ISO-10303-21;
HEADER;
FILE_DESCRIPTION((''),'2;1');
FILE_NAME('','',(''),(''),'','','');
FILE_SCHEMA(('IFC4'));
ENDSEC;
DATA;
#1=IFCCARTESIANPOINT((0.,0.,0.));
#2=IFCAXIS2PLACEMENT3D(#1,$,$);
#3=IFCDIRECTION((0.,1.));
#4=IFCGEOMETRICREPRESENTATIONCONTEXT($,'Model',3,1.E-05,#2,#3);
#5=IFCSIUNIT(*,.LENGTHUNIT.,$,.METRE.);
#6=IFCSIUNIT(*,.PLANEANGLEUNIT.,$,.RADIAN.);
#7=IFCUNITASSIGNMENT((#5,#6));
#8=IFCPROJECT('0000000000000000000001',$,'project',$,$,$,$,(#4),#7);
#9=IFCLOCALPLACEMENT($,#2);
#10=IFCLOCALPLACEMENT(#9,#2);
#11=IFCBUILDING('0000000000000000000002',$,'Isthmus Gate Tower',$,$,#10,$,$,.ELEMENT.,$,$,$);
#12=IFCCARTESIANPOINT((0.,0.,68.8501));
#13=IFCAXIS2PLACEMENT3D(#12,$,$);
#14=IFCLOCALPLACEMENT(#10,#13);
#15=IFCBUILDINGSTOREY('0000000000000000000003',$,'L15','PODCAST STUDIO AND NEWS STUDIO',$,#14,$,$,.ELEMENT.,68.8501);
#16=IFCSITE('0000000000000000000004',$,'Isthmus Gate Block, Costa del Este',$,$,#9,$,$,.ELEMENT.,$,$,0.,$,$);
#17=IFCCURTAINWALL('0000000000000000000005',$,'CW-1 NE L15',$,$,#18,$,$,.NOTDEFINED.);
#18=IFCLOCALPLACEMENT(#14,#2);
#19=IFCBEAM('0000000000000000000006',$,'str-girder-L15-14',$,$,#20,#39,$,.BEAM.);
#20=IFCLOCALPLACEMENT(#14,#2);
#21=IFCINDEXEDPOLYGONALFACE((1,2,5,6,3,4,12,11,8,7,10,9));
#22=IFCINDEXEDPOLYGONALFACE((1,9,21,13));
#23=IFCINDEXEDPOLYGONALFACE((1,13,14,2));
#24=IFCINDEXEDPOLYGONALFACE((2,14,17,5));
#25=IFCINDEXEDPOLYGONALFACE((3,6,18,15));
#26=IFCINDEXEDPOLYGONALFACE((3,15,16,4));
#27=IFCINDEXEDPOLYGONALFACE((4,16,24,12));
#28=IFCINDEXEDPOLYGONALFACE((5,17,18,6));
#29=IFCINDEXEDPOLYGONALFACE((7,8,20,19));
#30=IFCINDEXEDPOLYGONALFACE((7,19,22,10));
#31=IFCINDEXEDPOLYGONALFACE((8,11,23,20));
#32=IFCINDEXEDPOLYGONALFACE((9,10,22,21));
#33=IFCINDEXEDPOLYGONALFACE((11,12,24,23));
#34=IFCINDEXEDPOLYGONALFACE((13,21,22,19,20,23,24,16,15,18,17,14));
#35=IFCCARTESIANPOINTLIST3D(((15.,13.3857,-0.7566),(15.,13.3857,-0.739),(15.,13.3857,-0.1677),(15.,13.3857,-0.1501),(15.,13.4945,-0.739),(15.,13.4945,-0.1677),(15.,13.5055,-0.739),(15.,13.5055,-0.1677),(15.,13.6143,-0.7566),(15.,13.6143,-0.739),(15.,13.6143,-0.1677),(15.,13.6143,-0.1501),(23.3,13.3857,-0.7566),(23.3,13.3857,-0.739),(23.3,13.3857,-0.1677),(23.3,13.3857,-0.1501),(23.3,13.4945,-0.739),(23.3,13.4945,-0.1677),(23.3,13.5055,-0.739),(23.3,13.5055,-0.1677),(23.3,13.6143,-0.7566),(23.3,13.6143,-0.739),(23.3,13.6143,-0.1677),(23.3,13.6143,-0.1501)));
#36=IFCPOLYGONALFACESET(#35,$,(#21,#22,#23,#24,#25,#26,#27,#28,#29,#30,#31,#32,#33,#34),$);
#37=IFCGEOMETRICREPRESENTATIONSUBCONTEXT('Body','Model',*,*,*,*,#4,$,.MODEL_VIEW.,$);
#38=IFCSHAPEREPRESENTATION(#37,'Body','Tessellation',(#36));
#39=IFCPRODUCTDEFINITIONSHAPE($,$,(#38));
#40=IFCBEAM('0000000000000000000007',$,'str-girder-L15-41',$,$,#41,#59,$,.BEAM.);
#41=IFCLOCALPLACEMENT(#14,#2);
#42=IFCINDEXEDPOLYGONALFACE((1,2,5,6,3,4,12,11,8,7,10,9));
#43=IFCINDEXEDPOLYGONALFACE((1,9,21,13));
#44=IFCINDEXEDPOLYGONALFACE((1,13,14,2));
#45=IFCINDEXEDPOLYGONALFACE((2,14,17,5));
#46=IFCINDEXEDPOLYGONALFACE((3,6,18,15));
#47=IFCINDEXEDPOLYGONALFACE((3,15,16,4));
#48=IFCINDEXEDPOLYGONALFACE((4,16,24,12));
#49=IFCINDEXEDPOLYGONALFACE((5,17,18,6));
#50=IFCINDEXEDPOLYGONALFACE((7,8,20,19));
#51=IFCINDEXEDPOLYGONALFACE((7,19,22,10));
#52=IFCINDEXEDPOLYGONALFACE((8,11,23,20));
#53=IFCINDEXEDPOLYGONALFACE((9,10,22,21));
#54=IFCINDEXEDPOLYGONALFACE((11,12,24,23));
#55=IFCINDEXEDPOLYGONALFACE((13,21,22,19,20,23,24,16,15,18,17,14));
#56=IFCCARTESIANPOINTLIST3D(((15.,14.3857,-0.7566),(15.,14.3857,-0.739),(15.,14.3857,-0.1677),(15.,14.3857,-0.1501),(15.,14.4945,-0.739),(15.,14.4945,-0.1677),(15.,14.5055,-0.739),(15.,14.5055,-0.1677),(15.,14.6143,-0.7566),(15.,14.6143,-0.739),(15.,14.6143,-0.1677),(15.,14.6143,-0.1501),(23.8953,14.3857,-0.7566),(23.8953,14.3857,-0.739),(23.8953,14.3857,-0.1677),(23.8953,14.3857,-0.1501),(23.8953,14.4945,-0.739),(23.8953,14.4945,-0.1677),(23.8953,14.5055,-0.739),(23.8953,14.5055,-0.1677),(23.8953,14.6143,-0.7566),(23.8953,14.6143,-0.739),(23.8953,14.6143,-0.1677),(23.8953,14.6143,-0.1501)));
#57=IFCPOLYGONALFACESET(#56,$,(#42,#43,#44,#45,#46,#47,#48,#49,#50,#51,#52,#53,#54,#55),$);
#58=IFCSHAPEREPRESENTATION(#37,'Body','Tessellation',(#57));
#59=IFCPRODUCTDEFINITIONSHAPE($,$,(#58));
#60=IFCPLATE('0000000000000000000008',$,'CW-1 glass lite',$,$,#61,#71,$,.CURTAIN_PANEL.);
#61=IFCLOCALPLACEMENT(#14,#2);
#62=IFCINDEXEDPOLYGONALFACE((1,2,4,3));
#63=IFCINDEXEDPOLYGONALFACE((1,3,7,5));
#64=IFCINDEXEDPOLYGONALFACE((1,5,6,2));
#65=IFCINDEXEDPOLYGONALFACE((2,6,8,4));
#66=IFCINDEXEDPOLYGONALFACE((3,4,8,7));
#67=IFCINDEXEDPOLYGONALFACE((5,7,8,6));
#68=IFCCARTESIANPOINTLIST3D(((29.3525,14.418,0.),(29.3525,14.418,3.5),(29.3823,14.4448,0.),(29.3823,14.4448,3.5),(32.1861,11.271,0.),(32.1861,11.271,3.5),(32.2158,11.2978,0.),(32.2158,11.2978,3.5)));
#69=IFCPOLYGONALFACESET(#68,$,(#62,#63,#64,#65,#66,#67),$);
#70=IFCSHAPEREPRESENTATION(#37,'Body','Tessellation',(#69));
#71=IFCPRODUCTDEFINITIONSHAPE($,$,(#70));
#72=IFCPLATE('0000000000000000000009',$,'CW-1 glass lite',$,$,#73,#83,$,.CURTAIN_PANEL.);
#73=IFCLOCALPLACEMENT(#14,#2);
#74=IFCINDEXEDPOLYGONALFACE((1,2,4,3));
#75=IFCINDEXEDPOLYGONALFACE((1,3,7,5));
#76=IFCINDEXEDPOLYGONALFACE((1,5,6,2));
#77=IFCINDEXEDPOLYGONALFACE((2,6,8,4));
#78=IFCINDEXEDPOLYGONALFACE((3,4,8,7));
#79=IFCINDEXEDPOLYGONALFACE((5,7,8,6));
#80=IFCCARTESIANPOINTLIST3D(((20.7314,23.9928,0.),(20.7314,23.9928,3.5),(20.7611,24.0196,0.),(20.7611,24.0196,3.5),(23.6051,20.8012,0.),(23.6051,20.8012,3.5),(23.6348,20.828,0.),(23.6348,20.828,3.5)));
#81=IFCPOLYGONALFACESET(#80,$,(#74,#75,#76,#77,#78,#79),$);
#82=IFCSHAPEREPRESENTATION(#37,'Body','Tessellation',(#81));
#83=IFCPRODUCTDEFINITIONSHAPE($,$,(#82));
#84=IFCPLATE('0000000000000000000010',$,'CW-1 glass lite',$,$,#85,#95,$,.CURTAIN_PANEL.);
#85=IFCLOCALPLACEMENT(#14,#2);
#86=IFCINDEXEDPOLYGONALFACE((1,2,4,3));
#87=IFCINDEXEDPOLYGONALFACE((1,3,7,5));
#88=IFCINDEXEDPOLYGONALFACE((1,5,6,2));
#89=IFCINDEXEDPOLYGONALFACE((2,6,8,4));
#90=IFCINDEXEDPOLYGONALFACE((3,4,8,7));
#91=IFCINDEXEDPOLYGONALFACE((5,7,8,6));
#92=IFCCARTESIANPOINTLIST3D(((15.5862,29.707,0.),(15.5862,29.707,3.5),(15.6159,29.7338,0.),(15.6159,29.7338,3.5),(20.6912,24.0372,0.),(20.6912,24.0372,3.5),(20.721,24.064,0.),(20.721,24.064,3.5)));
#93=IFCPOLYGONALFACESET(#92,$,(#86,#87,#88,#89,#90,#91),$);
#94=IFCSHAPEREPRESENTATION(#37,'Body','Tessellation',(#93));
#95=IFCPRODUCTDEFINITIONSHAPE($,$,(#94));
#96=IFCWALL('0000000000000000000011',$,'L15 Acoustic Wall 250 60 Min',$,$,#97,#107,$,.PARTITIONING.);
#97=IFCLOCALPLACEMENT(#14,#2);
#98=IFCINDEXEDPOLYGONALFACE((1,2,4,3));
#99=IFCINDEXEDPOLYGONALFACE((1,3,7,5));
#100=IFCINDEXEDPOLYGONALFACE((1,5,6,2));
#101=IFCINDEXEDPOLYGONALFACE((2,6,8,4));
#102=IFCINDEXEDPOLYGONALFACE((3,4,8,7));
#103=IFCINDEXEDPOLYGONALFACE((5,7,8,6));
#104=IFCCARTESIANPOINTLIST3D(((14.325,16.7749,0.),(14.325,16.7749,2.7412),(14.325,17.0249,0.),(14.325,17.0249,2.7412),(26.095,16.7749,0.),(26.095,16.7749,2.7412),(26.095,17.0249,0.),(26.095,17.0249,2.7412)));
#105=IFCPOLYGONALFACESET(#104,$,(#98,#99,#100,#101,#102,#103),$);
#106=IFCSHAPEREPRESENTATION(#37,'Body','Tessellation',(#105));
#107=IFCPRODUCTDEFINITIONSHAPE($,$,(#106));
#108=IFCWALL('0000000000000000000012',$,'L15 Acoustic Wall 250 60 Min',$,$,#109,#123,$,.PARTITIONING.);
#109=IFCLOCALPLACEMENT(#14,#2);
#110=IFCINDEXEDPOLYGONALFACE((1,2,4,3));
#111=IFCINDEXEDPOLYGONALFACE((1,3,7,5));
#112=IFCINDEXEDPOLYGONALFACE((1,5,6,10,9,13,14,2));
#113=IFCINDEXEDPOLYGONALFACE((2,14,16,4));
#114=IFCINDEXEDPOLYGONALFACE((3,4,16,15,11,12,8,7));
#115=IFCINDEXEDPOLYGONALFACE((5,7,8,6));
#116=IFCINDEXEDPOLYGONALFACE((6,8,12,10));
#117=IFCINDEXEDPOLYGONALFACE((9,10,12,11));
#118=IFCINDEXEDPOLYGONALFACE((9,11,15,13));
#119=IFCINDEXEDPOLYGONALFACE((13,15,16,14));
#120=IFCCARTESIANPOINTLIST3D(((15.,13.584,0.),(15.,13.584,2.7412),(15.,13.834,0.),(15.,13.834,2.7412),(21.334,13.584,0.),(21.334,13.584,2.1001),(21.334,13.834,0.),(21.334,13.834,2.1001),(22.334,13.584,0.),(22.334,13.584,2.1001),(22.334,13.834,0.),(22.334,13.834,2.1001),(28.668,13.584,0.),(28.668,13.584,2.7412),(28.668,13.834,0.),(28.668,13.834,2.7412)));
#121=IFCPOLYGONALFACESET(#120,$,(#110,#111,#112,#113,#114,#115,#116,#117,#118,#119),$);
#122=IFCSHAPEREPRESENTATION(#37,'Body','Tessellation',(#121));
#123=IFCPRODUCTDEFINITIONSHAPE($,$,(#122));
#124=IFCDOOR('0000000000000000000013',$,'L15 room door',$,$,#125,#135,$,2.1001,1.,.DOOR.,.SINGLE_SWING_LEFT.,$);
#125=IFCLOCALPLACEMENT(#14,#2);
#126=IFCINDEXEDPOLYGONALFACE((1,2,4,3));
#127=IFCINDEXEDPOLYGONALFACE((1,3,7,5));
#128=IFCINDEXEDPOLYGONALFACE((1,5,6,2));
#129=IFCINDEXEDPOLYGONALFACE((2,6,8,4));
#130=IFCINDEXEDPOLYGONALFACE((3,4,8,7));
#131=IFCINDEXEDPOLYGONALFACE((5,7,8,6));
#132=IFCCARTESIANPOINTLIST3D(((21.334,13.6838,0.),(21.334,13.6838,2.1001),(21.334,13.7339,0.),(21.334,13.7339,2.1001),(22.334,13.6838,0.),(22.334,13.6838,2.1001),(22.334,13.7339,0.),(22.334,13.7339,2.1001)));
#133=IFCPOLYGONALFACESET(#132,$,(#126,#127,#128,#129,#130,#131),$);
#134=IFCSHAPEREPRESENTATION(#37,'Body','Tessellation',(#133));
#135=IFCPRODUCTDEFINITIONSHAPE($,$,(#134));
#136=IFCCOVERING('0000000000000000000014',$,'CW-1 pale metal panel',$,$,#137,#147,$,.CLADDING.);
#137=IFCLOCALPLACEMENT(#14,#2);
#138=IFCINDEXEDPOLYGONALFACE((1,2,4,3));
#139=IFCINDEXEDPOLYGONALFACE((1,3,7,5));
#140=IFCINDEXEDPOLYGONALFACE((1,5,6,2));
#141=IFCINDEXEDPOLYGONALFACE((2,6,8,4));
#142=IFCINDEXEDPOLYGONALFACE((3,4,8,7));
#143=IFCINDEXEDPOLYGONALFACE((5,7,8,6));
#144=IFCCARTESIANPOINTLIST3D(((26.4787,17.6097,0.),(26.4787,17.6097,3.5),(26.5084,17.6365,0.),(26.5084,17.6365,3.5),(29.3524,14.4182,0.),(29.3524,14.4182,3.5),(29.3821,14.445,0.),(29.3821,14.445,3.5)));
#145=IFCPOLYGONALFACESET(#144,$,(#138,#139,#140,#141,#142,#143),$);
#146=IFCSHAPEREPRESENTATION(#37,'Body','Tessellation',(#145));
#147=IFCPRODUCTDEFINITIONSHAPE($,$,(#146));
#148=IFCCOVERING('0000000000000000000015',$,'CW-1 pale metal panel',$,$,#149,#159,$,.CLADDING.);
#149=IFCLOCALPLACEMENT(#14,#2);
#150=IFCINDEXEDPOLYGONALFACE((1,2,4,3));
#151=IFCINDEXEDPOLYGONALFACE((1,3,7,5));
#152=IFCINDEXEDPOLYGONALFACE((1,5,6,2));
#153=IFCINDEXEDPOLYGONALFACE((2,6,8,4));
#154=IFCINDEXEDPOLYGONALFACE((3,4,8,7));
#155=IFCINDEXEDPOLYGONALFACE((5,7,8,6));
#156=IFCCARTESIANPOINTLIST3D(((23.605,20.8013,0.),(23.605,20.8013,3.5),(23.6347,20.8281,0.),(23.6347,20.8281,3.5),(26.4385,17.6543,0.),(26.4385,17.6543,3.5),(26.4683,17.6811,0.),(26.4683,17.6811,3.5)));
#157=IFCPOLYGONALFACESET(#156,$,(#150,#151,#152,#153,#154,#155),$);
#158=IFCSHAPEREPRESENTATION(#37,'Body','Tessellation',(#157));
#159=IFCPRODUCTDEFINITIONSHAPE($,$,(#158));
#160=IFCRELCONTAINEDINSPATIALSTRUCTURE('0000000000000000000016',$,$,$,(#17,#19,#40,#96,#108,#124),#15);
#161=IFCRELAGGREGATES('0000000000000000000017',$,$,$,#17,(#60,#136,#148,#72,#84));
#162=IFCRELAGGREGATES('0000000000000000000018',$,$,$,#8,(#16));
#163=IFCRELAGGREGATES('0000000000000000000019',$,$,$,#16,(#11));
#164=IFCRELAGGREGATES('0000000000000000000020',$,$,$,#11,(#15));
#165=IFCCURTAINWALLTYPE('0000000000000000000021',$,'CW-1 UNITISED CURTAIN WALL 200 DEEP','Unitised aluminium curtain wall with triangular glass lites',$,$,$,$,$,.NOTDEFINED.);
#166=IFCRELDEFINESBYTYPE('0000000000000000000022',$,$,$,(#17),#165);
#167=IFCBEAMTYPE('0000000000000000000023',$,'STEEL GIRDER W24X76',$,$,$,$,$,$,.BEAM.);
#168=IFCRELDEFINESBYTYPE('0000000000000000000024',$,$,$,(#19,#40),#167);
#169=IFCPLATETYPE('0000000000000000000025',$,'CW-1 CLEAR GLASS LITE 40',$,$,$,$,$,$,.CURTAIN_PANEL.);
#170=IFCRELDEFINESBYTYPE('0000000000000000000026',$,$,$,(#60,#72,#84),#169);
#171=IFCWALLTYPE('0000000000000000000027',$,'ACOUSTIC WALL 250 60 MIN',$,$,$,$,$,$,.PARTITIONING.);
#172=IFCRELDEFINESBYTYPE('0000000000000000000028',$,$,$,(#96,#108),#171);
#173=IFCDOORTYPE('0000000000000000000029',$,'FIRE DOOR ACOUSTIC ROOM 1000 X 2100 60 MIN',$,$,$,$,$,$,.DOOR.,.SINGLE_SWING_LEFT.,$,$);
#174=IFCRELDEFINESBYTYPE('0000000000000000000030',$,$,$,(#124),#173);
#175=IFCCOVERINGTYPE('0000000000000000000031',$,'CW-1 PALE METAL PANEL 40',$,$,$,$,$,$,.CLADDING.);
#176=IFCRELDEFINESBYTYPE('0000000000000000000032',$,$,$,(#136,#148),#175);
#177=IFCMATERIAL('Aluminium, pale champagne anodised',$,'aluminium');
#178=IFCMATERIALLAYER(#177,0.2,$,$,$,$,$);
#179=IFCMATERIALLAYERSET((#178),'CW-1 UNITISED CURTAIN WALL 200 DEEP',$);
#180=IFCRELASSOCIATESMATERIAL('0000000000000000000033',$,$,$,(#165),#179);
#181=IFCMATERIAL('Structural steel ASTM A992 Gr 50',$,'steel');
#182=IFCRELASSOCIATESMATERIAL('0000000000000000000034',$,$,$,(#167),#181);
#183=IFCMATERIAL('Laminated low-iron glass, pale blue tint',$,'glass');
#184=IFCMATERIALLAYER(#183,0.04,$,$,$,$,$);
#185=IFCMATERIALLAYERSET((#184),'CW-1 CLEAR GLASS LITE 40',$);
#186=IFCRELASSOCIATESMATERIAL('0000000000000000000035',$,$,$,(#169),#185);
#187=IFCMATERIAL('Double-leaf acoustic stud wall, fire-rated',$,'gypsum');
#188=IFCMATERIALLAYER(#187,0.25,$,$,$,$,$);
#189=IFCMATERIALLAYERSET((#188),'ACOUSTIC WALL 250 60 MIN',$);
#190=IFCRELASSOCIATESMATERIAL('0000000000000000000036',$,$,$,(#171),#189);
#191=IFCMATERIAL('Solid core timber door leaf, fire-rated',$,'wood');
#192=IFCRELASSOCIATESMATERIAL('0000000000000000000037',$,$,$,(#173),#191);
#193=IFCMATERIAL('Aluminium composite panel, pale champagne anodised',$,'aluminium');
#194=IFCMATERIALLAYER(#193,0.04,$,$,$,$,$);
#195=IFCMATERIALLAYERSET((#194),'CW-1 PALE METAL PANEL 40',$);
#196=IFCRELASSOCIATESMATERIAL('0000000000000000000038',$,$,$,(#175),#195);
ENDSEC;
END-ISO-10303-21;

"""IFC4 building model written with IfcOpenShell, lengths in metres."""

from ifc_helpers import new_model, si_unit, direction, frame, frame_2d, origin, origin_2d, place, context, subcontext, project, spatial, rectangle, i_section, extrude, material, layer, layer_set, material_profile, profile_set, type_object, element, fill, aggregate, save


model = new_model("IFC4")

# Units and contexts
model_context = context("Model", 3, precision=1e-05, world=origin(), true_north=direction((0.0, 1.0)))
body_context = subcontext(model_context, "Body", "Model", "MODEL_VIEW")
ifc_project = project(units=[si_unit("LENGTHUNIT", "METRE"), si_unit("PLANEANGLEUNIT", "RADIAN")], contexts=[model_context])

# Site, building, storey
site_placement = place(None, origin())
site = spatial("IfcSite", under=ifc_project, at=site_placement, Name="Isthmus Gate Block, Costa del Este", CompositionType="ELEMENT", RefElevation=0.0)
building_placement = place(site_placement, origin())
building = spatial("IfcBuilding", under=site, at=building_placement, Name="Isthmus Gate Tower", CompositionType="ELEMENT")
storey_placement = place(building_placement, frame((0.0, 0.0, 68.8501)))
storey = spatial("IfcBuildingStorey", under=building, at=storey_placement, Name="L15", Description="PODCAST STUDIO AND NEWS STUDIO", CompositionType="ELEMENT", Elevation=68.8501)

# Curtain wall
ifc_material_1 = material(Name="Aluminium, pale champagne anodised", Category="aluminium")
ifc_layer_1 = layer(ifc_material_1, 0.2)
ifc_layer_set_1 = layer_set([ifc_layer_1], Name="CW-1 UNITISED CURTAIN WALL 200 DEEP")
curtain_wall_type = type_object("IfcCurtainWallType", Name="CW-1 UNITISED CURTAIN WALL 200 DEEP", Description="Unitised aluminium curtain wall with triangular glass lites", PredefinedType="NOTDEFINED", material=ifc_layer_set_1)
curtain_wall_1_placement = place(storey_placement, origin())
curtain_wall_1 = element("IfcCurtainWall", 1, at=curtain_wall_1_placement, inside=storey, type_object=curtain_wall_type, Name="CW-1 NE L15", PredefinedType="NOTDEFINED")

# Beams
ifc_material_2 = material(Name="Structural steel ASTM A992 Gr 50", Category="steel")
ifc_material_profile_1 = material_profile(ifc_material_2, i_section(OverallWidth=0.2285, OverallDepth=0.6064, WebThickness=0.011, FlangeThickness=0.0176, at=origin_2d()), Name="W24X76")
ifc_profile_set_1 = profile_set([ifc_material_profile_1], Name="Structural steel ASTM A992 Gr 50")
beam_type_1 = type_object("IfcBeamType", Name="STEEL GIRDER W24X76", PredefinedType="BEAM", material=ifc_profile_set_1)
beam_1_placement = place(storey_placement, frame((15.0, 13.5, -0.4534), z_axis=(1.0, 0.0, 0.0), x_axis=(0.0, 1.0, 0.0)))
element("IfcBeam", 2, at=beam_1_placement, inside=storey, type_object=beam_type_1, Name="str-girder-L15-14", PredefinedType="BEAM", context=body_context, shape_type="SweptSolid", body=[
    extrude(i_section(OverallWidth=0.2285, OverallDepth=0.6064, WebThickness=0.011, FlangeThickness=0.0176, at=origin_2d()), origin(), (0.0, 0.0, 1.0), 8.3),
])
beam_2_placement = place(storey_placement, frame((15.0, 14.5, -0.4534), z_axis=(1.0, 0.0, 0.0), x_axis=(0.0, 1.0, 0.0)))
element("IfcBeam", 3, at=beam_2_placement, inside=storey, type_object=beam_type_1, Name="str-girder-L15-41", PredefinedType="BEAM", context=body_context, shape_type="SweptSolid", body=[
    extrude(i_section(OverallWidth=0.2285, OverallDepth=0.6064, WebThickness=0.011, FlangeThickness=0.0176, at=origin_2d()), origin(), (0.0, 0.0, 1.0), 8.8953),
])

# Plates
ifc_material_3 = material(Name="Laminated low-iron glass, pale blue tint", Category="glass")
ifc_layer_2 = layer(ifc_material_3, 0.04)
ifc_layer_set_2 = layer_set([ifc_layer_2], Name="CW-1 CLEAR GLASS LITE 40")
plate_type = type_object("IfcPlateType", Name="CW-1 CLEAR GLASS LITE 40", PredefinedType="CURTAIN_PANEL", material=ifc_layer_set_2)
plate_1_placement = place(storey_placement, frame((30.7842, 12.8579, 0.0), z_axis=(0.0, 0.0, 1.0), x_axis=(-0.669131, 0.743145, 0.0)))
plate_1 = element("IfcPlate", 4, at=plate_1_placement, type_object=plate_type, Name="CW-1 glass lite", PredefinedType="CURTAIN_PANEL", context=body_context, shape_type="SweptSolid", body=[
    extrude(rectangle(XDim=4.2346, YDim=0.04, at=origin_2d()), origin(), (0.0, 0.0, 1.0), 3.5),
])
plate_2_placement = place(storey_placement, frame((22.1831, 22.4104, 0.0), z_axis=(0.0, 0.0, 1.0), x_axis=(-0.669131, 0.743145, 0.0)))
plate_2 = element("IfcPlate", 5, at=plate_2_placement, type_object=plate_type, Name="CW-1 glass lite", PredefinedType="CURTAIN_PANEL", context=body_context, shape_type="SweptSolid", body=[
    extrude(rectangle(XDim=4.2947, YDim=0.04, at=origin_2d()), origin(), (0.0, 0.0, 1.0), 3.5),
])
plate_3_placement = place(storey_placement, frame((18.1536, 26.8855, 0.0), z_axis=(0.0, 0.0, 1.0), x_axis=(-0.669131, 0.743145, 0.0)))
plate_3 = element("IfcPlate", 6, at=plate_3_placement, type_object=plate_type, Name="CW-1 glass lite", PredefinedType="CURTAIN_PANEL", context=body_context, shape_type="SweptSolid", body=[
    extrude(rectangle(XDim=7.6294, YDim=0.04, at=origin_2d()), origin(), (0.0, 0.0, 1.0), 3.5),
])

# Wall
ifc_material_4 = material(Name="Double-leaf acoustic stud wall, fire-rated", Category="gypsum")
ifc_layer_3 = layer(ifc_material_4, 0.25)
ifc_layer_set_3 = layer_set([ifc_layer_3], Name="ACOUSTIC WALL 250 60 MIN")
wall_type = type_object("IfcWallType", Name="ACOUSTIC WALL 250 60 MIN", PredefinedType="PARTITIONING", material=ifc_layer_set_3)
wall_1_placement = place(storey_placement, frame((14.325, 16.8999, 0.0), z_axis=(0.0, 0.0, 1.0), x_axis=(1.0, 0.0, 0.0)))
element("IfcWall", 7, at=wall_1_placement, inside=storey, type_object=wall_type, Name="L15 Acoustic Wall 250 60 Min", PredefinedType="PARTITIONING", context=body_context, shape_type="SweptSolid", body=[
    extrude(rectangle(XDim=11.77, YDim=0.25, at=frame_2d((5.885, 0.0))), origin(), (0.0, 0.0, 1.0), 2.7412),
])

# Wall, opening, door
wall_2_placement = place(storey_placement, frame((15.0, 13.709, 0.0), z_axis=(0.0, 0.0, 1.0), x_axis=(1.0, 0.0, 0.0)))
wall_2 = element("IfcWall", 8, at=wall_2_placement, inside=storey, type_object=wall_type, Name="L15 Acoustic Wall 250 60 Min", PredefinedType="PARTITIONING", context=body_context, shape_type="SweptSolid", body=[
    extrude(rectangle(XDim=13.668, YDim=0.25, at=frame_2d((6.834, 0.0))), origin(), (0.0, 0.0, 1.0), 2.7412),
])
opening_placement = place(wall_2_placement, frame((6.334, 0.0, 0.0)))
opening = element("IfcOpeningElement", 9, at=opening_placement, cuts=wall_2, PredefinedType="OPENING", context=body_context, shape_type="SweptSolid", body=[
    extrude(rectangle(XDim=1.0, YDim=2.1001, at=frame_2d((0.5, 1.05))), frame((0.0, 0.135, 0.0), z_axis=(0.0, -1.0, 0.0), x_axis=(1.0, 0.0, 0.0)), (0.0, 0.0, 1.0), 0.27),
])
ifc_material_5 = material(Name="Solid core timber door leaf, fire-rated", Category="wood")
door_type = type_object("IfcDoorType", Name="FIRE DOOR ACOUSTIC ROOM 1000 X 2100 60 MIN", OperationType="SINGLE_SWING_LEFT", PredefinedType="DOOR", material=ifc_material_5)
door_placement = place(opening_placement, origin())
door = element("IfcDoor", 10, at=door_placement, inside=storey, type_object=door_type, Name="L15 room door", OperationType="SINGLE_SWING_LEFT", OverallHeight=2.1001, OverallWidth=1.0, PredefinedType="DOOR", context=body_context, shape_type="SweptSolid", body=[
    extrude(rectangle(XDim=1.0, YDim=2.1001, at=frame_2d((0.5, 1.05))), frame((0.0, 0.0249, 0.0), z_axis=(0.0, -1.0, 0.0), x_axis=(1.0, 0.0, 0.0)), (0.0, 0.0, 1.0), 0.05),
])
fill(opening, door)

# Coverings
ifc_material_6 = material(Name="Aluminium composite panel, pale champagne anodised", Category="aluminium")
ifc_layer_4 = layer(ifc_material_6, 0.04)
ifc_layer_set_4 = layer_set([ifc_layer_4], Name="CW-1 PALE METAL PANEL 40")
covering_type = type_object("IfcCoveringType", Name="CW-1 PALE METAL PANEL 40", PredefinedType="CLADDING", material=ifc_layer_set_4)
covering_1_placement = place(storey_placement, frame((27.9304, 16.0273, 0.0), z_axis=(0.0, 0.0, 1.0), x_axis=(-0.669131, 0.743145, 0.0)))
covering_1 = element("IfcCovering", 11, at=covering_1_placement, type_object=covering_type, Name="CW-1 pale metal panel", PredefinedType="CLADDING", context=body_context, shape_type="SweptSolid", body=[
    extrude(rectangle(XDim=4.2947, YDim=0.04, at=origin_2d()), origin(), (0.0, 0.0, 1.0), 3.5),
])
covering_2_placement = place(storey_placement, frame((25.0366, 19.2412, 0.0), z_axis=(0.0, 0.0, 1.0), x_axis=(-0.669131, 0.743145, 0.0)))
covering_2 = element("IfcCovering", 12, at=covering_2_placement, type_object=covering_type, Name="CW-1 pale metal panel", PredefinedType="CLADDING", context=body_context, shape_type="SweptSolid", body=[
    extrude(rectangle(XDim=4.2346, YDim=0.04, at=origin_2d()), origin(), (0.0, 0.0, 1.0), 3.5),
])
aggregate(curtain_wall_1, [plate_1, covering_1, covering_2, plate_2, plate_3])

save(model, "model.ifc")
